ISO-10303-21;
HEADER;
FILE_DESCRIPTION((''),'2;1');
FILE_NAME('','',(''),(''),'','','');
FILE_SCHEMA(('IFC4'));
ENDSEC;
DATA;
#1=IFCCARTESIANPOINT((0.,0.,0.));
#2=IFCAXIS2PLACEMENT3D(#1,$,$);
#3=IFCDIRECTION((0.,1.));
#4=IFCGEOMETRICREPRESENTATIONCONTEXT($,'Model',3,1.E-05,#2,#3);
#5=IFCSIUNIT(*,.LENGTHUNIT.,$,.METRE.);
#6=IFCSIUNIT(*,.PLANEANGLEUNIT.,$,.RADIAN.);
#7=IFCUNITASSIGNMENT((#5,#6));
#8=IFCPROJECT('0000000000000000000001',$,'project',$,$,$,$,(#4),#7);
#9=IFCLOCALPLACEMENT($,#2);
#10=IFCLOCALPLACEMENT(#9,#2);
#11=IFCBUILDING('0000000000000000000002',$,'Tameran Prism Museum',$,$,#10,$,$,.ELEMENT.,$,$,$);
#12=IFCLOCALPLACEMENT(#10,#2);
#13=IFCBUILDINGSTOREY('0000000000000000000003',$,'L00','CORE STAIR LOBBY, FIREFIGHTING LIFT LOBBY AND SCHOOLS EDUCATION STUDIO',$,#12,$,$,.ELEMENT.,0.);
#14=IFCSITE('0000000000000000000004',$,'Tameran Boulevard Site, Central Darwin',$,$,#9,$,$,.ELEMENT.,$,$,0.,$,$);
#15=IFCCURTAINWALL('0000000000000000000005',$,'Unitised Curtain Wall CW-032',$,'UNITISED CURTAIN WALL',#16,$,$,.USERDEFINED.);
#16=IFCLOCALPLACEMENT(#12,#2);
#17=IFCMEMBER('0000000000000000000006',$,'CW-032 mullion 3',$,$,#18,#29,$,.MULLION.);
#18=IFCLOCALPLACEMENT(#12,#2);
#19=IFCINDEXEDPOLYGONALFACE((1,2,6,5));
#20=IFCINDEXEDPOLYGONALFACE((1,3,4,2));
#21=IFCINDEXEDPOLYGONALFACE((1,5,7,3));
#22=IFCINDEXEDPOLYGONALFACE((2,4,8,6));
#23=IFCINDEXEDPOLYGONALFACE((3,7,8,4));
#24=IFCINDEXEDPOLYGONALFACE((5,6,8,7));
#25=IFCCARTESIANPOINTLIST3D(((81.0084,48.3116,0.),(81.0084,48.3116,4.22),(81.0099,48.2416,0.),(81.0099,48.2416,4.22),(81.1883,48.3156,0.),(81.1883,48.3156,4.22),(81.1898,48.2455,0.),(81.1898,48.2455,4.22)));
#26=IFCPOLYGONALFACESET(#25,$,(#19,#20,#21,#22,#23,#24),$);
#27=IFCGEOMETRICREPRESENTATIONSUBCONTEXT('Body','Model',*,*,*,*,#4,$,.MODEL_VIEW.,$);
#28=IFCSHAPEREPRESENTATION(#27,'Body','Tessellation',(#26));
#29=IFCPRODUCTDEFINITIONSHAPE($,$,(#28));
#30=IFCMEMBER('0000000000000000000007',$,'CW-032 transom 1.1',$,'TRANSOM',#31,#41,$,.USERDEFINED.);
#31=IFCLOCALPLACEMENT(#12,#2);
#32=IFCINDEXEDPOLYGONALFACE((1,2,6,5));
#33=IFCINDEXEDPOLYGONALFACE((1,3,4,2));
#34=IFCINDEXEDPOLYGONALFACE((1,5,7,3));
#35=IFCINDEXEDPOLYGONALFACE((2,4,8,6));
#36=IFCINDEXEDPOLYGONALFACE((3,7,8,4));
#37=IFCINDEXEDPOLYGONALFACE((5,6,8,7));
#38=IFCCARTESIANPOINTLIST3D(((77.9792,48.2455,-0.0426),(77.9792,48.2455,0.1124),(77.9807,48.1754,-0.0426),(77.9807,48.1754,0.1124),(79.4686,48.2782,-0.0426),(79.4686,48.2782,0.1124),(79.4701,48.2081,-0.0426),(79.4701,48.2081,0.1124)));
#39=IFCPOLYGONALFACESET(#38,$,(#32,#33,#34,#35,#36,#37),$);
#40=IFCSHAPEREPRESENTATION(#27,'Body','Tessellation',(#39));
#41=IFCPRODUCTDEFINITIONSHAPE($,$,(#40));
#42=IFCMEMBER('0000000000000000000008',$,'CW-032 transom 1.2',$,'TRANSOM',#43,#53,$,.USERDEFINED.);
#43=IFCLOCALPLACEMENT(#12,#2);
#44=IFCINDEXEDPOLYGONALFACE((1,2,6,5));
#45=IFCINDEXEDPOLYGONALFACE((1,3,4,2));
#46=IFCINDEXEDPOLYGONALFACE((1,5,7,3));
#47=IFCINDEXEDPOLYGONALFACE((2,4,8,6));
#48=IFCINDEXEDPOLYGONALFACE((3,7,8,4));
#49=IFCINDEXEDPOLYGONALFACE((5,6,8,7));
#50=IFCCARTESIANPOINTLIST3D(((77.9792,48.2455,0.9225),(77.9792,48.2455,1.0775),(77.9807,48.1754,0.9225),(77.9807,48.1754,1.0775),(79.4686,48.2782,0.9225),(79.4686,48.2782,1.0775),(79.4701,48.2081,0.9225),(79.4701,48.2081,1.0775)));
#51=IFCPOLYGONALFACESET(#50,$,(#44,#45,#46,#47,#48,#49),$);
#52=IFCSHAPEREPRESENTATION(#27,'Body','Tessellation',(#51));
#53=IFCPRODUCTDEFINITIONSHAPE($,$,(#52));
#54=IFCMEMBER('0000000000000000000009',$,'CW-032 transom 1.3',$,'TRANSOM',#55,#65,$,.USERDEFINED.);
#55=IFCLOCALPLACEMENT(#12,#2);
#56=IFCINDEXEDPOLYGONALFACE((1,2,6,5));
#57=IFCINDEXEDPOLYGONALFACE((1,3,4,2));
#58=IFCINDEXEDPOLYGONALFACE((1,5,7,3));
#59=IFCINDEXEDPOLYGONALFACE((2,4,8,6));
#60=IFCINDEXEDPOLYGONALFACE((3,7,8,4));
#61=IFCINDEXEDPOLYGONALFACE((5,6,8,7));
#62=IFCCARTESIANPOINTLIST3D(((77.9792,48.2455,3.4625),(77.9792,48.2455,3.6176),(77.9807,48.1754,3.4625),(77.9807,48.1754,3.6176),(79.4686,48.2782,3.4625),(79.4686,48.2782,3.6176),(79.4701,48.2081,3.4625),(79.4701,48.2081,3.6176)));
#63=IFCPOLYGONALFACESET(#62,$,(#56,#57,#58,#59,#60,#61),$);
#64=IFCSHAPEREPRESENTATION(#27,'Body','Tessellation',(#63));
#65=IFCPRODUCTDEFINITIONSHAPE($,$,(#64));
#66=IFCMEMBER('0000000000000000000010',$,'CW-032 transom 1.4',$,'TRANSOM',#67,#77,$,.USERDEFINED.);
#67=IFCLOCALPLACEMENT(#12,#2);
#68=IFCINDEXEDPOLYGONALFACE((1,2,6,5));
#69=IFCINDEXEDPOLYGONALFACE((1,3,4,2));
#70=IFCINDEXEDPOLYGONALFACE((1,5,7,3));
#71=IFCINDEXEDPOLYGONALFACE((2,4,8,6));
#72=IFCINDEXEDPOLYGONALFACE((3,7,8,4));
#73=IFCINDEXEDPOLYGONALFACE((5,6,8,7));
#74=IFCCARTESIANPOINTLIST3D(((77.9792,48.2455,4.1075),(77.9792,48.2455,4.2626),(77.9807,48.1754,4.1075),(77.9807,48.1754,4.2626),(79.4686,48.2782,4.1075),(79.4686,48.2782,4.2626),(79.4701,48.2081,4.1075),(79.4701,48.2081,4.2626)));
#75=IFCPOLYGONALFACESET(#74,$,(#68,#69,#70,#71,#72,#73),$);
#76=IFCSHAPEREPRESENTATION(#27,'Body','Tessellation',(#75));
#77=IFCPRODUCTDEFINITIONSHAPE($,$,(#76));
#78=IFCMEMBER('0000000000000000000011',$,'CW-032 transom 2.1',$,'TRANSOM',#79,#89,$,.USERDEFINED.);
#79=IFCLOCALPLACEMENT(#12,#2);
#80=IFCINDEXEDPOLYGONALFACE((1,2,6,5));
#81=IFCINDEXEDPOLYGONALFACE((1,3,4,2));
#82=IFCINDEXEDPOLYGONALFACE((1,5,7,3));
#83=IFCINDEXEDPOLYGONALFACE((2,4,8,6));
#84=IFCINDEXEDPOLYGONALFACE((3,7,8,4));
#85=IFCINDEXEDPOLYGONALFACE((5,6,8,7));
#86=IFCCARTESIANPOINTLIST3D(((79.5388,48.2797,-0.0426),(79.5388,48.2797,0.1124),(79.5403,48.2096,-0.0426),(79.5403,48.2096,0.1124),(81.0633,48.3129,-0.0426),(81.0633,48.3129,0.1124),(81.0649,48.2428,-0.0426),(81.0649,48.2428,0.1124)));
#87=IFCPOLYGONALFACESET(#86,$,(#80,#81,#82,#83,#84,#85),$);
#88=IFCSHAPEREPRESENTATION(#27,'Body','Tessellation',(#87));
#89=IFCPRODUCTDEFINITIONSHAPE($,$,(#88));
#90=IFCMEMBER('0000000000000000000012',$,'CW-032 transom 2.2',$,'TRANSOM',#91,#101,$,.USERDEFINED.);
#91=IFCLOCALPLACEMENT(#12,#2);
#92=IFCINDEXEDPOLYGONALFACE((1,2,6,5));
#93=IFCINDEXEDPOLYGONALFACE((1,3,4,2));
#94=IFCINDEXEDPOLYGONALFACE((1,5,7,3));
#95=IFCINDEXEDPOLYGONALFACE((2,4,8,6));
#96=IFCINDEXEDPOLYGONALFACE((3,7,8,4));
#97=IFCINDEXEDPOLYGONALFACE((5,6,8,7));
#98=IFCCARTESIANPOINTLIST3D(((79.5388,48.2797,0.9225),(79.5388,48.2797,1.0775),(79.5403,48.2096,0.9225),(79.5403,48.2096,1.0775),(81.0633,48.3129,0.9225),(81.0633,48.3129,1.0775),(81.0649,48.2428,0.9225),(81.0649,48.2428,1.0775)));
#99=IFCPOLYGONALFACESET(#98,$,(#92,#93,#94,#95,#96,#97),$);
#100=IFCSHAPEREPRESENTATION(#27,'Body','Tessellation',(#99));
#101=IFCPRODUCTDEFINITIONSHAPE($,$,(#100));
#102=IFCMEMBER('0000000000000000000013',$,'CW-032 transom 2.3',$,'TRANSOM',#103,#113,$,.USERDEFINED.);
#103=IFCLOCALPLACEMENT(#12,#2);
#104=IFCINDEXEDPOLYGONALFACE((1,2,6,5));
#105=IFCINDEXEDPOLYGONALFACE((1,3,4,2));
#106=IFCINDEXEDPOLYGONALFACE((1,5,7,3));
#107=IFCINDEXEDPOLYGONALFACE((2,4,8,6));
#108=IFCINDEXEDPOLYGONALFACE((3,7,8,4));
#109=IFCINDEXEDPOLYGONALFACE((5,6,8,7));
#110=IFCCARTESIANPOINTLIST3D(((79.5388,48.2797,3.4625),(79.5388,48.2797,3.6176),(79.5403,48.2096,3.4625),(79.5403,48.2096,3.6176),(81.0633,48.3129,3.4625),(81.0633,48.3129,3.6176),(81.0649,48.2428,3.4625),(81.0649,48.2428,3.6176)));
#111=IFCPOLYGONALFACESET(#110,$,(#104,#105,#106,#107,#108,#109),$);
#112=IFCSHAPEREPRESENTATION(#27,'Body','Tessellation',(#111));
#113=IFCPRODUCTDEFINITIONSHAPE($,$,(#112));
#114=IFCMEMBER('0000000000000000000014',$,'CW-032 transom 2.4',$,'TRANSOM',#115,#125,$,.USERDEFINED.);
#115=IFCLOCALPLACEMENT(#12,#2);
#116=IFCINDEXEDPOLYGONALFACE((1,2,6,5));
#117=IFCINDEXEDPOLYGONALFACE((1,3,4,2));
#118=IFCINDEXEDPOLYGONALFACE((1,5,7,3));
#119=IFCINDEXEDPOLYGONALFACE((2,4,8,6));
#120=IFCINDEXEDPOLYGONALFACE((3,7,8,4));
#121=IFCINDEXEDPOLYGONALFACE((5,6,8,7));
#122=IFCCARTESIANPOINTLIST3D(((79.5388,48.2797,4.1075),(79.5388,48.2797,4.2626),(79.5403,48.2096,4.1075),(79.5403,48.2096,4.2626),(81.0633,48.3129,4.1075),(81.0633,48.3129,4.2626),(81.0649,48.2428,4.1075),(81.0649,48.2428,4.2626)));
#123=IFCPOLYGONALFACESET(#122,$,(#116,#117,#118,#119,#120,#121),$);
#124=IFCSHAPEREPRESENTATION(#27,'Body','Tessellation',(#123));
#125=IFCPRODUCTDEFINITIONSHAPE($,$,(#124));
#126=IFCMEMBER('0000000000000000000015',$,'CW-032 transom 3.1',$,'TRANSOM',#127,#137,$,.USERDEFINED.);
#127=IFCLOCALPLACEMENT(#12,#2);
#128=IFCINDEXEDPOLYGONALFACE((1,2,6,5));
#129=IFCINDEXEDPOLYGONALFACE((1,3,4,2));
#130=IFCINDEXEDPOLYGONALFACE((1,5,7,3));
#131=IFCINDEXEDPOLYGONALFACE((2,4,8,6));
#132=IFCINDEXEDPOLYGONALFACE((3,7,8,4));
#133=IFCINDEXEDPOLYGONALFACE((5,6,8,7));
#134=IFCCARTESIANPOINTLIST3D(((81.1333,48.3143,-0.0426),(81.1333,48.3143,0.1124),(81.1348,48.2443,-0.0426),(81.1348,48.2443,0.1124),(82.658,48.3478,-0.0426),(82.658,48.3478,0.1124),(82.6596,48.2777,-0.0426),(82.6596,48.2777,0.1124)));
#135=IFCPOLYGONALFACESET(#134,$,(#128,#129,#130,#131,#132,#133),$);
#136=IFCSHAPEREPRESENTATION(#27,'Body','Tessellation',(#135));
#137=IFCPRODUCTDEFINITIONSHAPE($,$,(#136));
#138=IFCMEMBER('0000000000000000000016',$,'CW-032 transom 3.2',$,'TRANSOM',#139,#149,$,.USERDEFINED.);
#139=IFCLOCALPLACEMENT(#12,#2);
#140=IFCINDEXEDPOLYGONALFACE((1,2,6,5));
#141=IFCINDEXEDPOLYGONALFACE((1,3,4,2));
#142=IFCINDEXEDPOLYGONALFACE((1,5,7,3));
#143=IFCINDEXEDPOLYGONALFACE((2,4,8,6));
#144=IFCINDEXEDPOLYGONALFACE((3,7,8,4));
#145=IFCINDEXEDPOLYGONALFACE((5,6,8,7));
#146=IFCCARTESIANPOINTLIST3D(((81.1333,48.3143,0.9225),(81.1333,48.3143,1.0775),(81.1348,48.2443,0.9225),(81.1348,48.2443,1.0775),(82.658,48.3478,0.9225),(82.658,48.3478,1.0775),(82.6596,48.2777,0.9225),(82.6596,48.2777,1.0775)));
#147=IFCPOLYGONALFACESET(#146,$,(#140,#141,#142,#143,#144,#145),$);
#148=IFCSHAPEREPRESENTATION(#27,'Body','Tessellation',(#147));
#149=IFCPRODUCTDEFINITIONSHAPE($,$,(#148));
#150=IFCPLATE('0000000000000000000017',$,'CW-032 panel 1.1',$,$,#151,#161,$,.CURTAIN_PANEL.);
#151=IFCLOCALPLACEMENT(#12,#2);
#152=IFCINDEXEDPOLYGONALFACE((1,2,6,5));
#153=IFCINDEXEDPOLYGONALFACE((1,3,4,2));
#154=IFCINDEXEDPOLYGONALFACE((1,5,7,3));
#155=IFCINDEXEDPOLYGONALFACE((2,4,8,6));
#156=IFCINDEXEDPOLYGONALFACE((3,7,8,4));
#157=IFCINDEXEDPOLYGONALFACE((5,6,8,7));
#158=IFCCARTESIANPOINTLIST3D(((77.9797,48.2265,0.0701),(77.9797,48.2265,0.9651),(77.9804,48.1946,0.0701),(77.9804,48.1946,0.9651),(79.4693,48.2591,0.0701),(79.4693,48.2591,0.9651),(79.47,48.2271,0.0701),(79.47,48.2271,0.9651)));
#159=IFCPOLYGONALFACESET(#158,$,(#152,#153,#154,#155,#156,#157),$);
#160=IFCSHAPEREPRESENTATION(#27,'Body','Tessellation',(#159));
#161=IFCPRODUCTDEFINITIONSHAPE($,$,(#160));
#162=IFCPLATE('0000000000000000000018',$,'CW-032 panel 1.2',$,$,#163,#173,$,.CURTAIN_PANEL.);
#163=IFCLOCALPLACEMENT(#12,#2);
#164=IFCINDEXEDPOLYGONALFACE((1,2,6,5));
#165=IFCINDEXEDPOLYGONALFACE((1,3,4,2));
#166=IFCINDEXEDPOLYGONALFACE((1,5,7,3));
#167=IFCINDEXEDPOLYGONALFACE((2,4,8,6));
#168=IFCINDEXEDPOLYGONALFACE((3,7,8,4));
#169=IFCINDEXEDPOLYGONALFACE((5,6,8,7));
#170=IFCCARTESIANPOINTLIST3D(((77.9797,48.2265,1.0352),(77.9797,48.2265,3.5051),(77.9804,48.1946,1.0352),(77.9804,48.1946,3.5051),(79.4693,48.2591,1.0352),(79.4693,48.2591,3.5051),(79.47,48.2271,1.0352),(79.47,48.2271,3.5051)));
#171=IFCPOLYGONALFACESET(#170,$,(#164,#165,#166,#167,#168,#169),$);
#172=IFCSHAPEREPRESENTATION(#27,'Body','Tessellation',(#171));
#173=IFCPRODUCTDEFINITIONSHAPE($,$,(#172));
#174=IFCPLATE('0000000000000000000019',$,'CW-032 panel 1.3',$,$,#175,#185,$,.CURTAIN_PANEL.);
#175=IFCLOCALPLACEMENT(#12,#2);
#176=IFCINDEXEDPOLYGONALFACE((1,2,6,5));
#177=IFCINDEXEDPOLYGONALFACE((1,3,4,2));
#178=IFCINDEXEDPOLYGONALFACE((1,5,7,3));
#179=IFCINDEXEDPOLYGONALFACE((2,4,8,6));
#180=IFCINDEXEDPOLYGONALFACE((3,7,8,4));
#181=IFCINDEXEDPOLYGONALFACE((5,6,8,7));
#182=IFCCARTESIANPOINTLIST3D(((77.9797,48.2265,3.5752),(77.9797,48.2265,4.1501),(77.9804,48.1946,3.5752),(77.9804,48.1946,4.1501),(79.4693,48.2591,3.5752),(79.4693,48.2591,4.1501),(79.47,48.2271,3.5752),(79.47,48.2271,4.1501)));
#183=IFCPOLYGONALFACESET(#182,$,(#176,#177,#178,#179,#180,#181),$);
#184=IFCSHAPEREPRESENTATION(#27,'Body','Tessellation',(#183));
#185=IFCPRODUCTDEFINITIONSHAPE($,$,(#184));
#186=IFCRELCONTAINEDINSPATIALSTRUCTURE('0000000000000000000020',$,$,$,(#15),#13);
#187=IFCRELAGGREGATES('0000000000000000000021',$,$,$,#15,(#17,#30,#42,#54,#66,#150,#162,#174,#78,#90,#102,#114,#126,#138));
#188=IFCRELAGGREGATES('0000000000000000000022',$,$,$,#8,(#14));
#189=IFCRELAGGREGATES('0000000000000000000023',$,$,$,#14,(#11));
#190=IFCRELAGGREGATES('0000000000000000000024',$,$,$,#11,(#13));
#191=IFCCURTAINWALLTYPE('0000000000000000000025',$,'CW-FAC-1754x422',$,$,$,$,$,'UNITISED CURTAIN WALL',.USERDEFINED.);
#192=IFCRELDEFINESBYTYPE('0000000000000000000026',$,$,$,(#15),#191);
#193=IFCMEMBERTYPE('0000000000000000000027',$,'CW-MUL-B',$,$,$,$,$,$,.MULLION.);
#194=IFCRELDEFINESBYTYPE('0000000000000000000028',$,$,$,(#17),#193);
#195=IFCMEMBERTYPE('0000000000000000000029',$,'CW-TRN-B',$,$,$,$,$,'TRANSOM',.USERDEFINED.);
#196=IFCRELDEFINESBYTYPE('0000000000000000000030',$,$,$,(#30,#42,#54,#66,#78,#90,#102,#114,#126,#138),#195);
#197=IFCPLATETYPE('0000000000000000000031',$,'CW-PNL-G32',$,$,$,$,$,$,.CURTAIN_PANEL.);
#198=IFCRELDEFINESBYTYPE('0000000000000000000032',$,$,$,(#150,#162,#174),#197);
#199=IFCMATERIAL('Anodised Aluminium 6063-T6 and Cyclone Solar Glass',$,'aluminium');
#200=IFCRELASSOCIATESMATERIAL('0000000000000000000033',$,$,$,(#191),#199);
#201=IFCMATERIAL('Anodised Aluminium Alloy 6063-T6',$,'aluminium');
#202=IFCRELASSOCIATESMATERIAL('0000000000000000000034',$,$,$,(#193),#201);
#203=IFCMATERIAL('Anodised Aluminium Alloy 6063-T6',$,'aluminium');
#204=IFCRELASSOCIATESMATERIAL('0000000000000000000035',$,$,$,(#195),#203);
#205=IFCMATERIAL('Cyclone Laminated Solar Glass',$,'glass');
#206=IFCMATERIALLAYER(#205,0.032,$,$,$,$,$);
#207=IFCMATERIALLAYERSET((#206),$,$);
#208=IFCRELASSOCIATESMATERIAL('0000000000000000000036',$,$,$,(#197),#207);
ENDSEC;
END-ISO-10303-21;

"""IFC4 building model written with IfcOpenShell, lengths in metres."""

from ifc_helpers import new_model, si_unit, direction, frame, origin, origin_2d, place, context, subcontext, project, spatial, rectangle, extrude, material, layer, layer_set, material_profile, profile_set, type_object, element, aggregate, save


model = new_model("IFC4")

# Units and contexts
model_context = context("Model", 3, precision=1e-05, world=origin(), true_north=direction((0.0, 1.0)))
body_context = subcontext(model_context, "Body", "Model", "MODEL_VIEW")
ifc_project = project(units=[si_unit("LENGTHUNIT", "METRE"), si_unit("PLANEANGLEUNIT", "RADIAN")], contexts=[model_context])

# Site, building, storey
site_placement = place(None, origin())
site = spatial("IfcSite", under=ifc_project, at=site_placement, Name="Tameran Boulevard Site, Central Darwin", CompositionType="ELEMENT", RefElevation=0.0)
building_placement = place(site_placement, origin())
building = spatial("IfcBuilding", under=site, at=building_placement, Name="Tameran Prism Museum", CompositionType="ELEMENT")
storey_placement = place(building_placement, origin())
storey = spatial("IfcBuildingStorey", under=building, at=storey_placement, Name="L00", Description="CORE STAIR LOBBY, FIREFIGHTING LIFT LOBBY AND SCHOOLS EDUCATION STUDIO", CompositionType="ELEMENT", Elevation=0.0)

# Curtain wall, members, plates
ifc_material_1 = material(Name="Anodised Aluminium 6063-T6 and Cyclone Solar Glass", Category="aluminium")
curtain_wall_type = type_object("IfcCurtainWallType", Name="CW-FAC-1754x422", ElementType="UNITISED CURTAIN WALL", PredefinedType="USERDEFINED", material=ifc_material_1)
curtain_wall_placement = place(storey_placement, origin())
curtain_wall = element("IfcCurtainWall", 1, at=curtain_wall_placement, inside=storey, type_object=curtain_wall_type, Name="Unitised Curtain Wall CW-032", ObjectType="UNITISED CURTAIN WALL", PredefinedType="USERDEFINED")
ifc_material_2 = material(Name="Anodised Aluminium Alloy 6063-T6", Category="aluminium")
ifc_material_profile_1 = material_profile(ifc_material_2, rectangle(XDim=0.0701, YDim=0.1799, at=origin_2d()))
ifc_profile_set_1 = profile_set([ifc_material_profile_1])
member_type_1 = type_object("IfcMemberType", Name="CW-MUL-B", PredefinedType="MULLION", material=ifc_profile_set_1)
member_1_placement = place(storey_placement, frame((81.0991, 48.2786, 0.0), z_axis=(0.0, 0.0, 1.0), x_axis=(-0.021831, 0.999762, 0.0)))
member_1 = element("IfcMember", 2, at=member_1_placement, type_object=member_type_1, Name="CW-032 mullion 3", PredefinedType="MULLION", context=body_context, shape_type="SweptSolid", body=[
    extrude(rectangle(XDim=0.0701, YDim=0.1799, at=origin_2d()), origin(), (0.0, 0.0, 1.0), 4.22),
])
ifc_material_3 = material(Name="Anodised Aluminium Alloy 6063-T6", Category="aluminium")
ifc_material_profile_2 = material_profile(ifc_material_3, rectangle(XDim=0.0701, YDim=0.155, at=origin_2d()))
ifc_profile_set_2 = profile_set([ifc_material_profile_2])
member_type_2 = type_object("IfcMemberType", Name="CW-TRN-B", ElementType="TRANSOM", PredefinedType="USERDEFINED", material=ifc_profile_set_2)
member_2_placement = place(storey_placement, frame((77.98, 48.2104, 0.0349), z_axis=(0.999759, 0.021958, 0.0), x_axis=(-0.021958, 0.999759, 0.0)))
member_2 = element("IfcMember", 3, at=member_2_placement, type_object=member_type_2, Name="CW-032 transom 1.1", ObjectType="TRANSOM", PredefinedType="USERDEFINED", context=body_context, shape_type="SweptSolid", body=[
    extrude(rectangle(XDim=0.0701, YDim=0.155, at=origin_2d()), origin(), (0.0, 0.0, 1.0), 1.4897),
])
member_3_placement = place(storey_placement, frame((77.98, 48.2104, 1.0), z_axis=(0.999759, 0.021958, 0.0), x_axis=(-0.021958, 0.999759, 0.0)))
member_3 = element("IfcMember", 4, at=member_3_placement, type_object=member_type_2, Name="CW-032 transom 1.2", ObjectType="TRANSOM", PredefinedType="USERDEFINED", context=body_context, shape_type="SweptSolid", body=[
    extrude(rectangle(XDim=0.0701, YDim=0.155, at=origin_2d()), origin(), (0.0, 0.0, 1.0), 1.4897),
])
member_4_placement = place(storey_placement, frame((77.98, 48.2104, 3.54), z_axis=(0.999759, 0.021958, 0.0), x_axis=(-0.021958, 0.999759, 0.0)))
member_4 = element("IfcMember", 5, at=member_4_placement, type_object=member_type_2, Name="CW-032 transom 1.3", ObjectType="TRANSOM", PredefinedType="USERDEFINED", context=body_context, shape_type="SweptSolid", body=[
    extrude(rectangle(XDim=0.0701, YDim=0.155, at=origin_2d()), origin(), (0.0, 0.0, 1.0), 1.4897),
])
member_5_placement = place(storey_placement, frame((77.98, 48.2104, 4.1851), z_axis=(0.999759, 0.021958, 0.0), x_axis=(-0.021958, 0.999759, 0.0)))
member_5 = element("IfcMember", 6, at=member_5_placement, type_object=member_type_2, Name="CW-032 transom 1.4", ObjectType="TRANSOM", PredefinedType="USERDEFINED", context=body_context, shape_type="SweptSolid", body=[
    extrude(rectangle(XDim=0.0701, YDim=0.155, at=origin_2d()), origin(), (0.0, 0.0, 1.0), 1.4897),
])
member_6_placement = place(storey_placement, frame((79.5396, 48.2446, 0.0349), z_axis=(0.999763, 0.021772, 0.0), x_axis=(-0.021772, 0.999763, 0.0)))
member_6 = element("IfcMember", 7, at=member_6_placement, type_object=member_type_2, Name="CW-032 transom 2.1", ObjectType="TRANSOM", PredefinedType="USERDEFINED", context=body_context, shape_type="SweptSolid", body=[
    extrude(rectangle(XDim=0.0701, YDim=0.155, at=origin_2d()), origin(), (0.0, 0.0, 1.0), 1.5249),
])
member_7_placement = place(storey_placement, frame((79.5396, 48.2446, 1.0), z_axis=(0.999763, 0.021772, 0.0), x_axis=(-0.021772, 0.999763, 0.0)))
member_7 = element("IfcMember", 8, at=member_7_placement, type_object=member_type_2, Name="CW-032 transom 2.2", ObjectType="TRANSOM", PredefinedType="USERDEFINED", context=body_context, shape_type="SweptSolid", body=[
    extrude(rectangle(XDim=0.0701, YDim=0.155, at=origin_2d()), origin(), (0.0, 0.0, 1.0), 1.5249),
])
member_8_placement = place(storey_placement, frame((79.5396, 48.2446, 3.54), z_axis=(0.999763, 0.021772, 0.0), x_axis=(-0.021772, 0.999763, 0.0)))
member_8 = element("IfcMember", 9, at=member_8_placement, type_object=member_type_2, Name="CW-032 transom 2.3", ObjectType="TRANSOM", PredefinedType="USERDEFINED", context=body_context, shape_type="SweptSolid", body=[
    extrude(rectangle(XDim=0.0701, YDim=0.155, at=origin_2d()), origin(), (0.0, 0.0, 1.0), 1.5249),
])
member_9_placement = place(storey_placement, frame((79.5396, 48.2446, 4.1851), z_axis=(0.999763, 0.021772, 0.0), x_axis=(-0.021772, 0.999763, 0.0)))
member_9 = element("IfcMember", 10, at=member_9_placement, type_object=member_type_2, Name="CW-032 transom 2.4", ObjectType="TRANSOM", PredefinedType="USERDEFINED", context=body_context, shape_type="SweptSolid", body=[
    extrude(rectangle(XDim=0.0701, YDim=0.155, at=origin_2d()), origin(), (0.0, 0.0, 1.0), 1.5249),
])
member_10_placement = place(storey_placement, frame((81.134, 48.2793, 0.0349), z_axis=(0.999759, 0.021932, 0.0), x_axis=(-0.021932, 0.999759, 0.0)))
member_10 = element("IfcMember", 11, at=member_10_placement, type_object=member_type_2, Name="CW-032 transom 3.1", ObjectType="TRANSOM", PredefinedType="USERDEFINED", context=body_context, shape_type="SweptSolid", body=[
    extrude(rectangle(XDim=0.0701, YDim=0.155, at=origin_2d()), origin(), (0.0, 0.0, 1.0), 1.5251),
])
member_11_placement = place(storey_placement, frame((81.134, 48.2793, 1.0), z_axis=(0.999759, 0.021932, 0.0), x_axis=(-0.021932, 0.999759, 0.0)))
member_11 = element("IfcMember", 12, at=member_11_placement, type_object=member_type_2, Name="CW-032 transom 3.2", ObjectType="TRANSOM", PredefinedType="USERDEFINED", context=body_context, shape_type="SweptSolid", body=[
    extrude(rectangle(XDim=0.0701, YDim=0.155, at=origin_2d()), origin(), (0.0, 0.0, 1.0), 1.5251),
])
ifc_material_4 = material(Name="Cyclone Laminated Solar Glass", Category="glass")
ifc_layer_1 = layer(ifc_material_4, 0.032)
ifc_layer_set_1 = layer_set([ifc_layer_1])
plate_type = type_object("IfcPlateType", Name="CW-PNL-G32", PredefinedType="CURTAIN_PANEL", material=ifc_layer_set_1)
plate_1_placement = place(storey_placement, frame((78.7249, 48.2268, 0.0701), z_axis=(0.0, 0.0, 1.0), x_axis=(0.999762, 0.021831, 0.0)))
plate_1 = element("IfcPlate", 13, at=plate_1_placement, type_object=plate_type, Name="CW-032 panel 1.1", PredefinedType="CURTAIN_PANEL", context=body_context, shape_type="SweptSolid", body=[
    extrude(rectangle(XDim=1.49, YDim=0.032, at=origin_2d()), origin(), (0.0, 0.0, 1.0), 0.895),
])
plate_2_placement = place(storey_placement, frame((78.7249, 48.2268, 1.0352), z_axis=(0.0, 0.0, 1.0), x_axis=(0.999762, 0.021831, 0.0)))
plate_2 = element("IfcPlate", 14, at=plate_2_placement, type_object=plate_type, Name="CW-032 panel 1.2", PredefinedType="CURTAIN_PANEL", context=body_context, shape_type="SweptSolid", body=[
    extrude(rectangle(XDim=1.49, YDim=0.032, at=origin_2d()), origin(), (0.0, 0.0, 1.0), 2.47),
])
plate_3_placement = place(storey_placement, frame((78.7249, 48.2268, 3.5752), z_axis=(0.0, 0.0, 1.0), x_axis=(0.999762, 0.021831, 0.0)))
plate_3 = element("IfcPlate", 15, at=plate_3_placement, type_object=plate_type, Name="CW-032 panel 1.3", PredefinedType="CURTAIN_PANEL", context=body_context, shape_type="SweptSolid", body=[
    extrude(rectangle(XDim=1.49, YDim=0.032, at=origin_2d()), origin(), (0.0, 0.0, 1.0), 0.575),
])
aggregate(curtain_wall, [member_1, member_2, member_3, member_4, member_5, plate_1, plate_2, plate_3, member_6, member_7, member_8, member_9, member_10, member_11])

save(model, "model.ifc")
